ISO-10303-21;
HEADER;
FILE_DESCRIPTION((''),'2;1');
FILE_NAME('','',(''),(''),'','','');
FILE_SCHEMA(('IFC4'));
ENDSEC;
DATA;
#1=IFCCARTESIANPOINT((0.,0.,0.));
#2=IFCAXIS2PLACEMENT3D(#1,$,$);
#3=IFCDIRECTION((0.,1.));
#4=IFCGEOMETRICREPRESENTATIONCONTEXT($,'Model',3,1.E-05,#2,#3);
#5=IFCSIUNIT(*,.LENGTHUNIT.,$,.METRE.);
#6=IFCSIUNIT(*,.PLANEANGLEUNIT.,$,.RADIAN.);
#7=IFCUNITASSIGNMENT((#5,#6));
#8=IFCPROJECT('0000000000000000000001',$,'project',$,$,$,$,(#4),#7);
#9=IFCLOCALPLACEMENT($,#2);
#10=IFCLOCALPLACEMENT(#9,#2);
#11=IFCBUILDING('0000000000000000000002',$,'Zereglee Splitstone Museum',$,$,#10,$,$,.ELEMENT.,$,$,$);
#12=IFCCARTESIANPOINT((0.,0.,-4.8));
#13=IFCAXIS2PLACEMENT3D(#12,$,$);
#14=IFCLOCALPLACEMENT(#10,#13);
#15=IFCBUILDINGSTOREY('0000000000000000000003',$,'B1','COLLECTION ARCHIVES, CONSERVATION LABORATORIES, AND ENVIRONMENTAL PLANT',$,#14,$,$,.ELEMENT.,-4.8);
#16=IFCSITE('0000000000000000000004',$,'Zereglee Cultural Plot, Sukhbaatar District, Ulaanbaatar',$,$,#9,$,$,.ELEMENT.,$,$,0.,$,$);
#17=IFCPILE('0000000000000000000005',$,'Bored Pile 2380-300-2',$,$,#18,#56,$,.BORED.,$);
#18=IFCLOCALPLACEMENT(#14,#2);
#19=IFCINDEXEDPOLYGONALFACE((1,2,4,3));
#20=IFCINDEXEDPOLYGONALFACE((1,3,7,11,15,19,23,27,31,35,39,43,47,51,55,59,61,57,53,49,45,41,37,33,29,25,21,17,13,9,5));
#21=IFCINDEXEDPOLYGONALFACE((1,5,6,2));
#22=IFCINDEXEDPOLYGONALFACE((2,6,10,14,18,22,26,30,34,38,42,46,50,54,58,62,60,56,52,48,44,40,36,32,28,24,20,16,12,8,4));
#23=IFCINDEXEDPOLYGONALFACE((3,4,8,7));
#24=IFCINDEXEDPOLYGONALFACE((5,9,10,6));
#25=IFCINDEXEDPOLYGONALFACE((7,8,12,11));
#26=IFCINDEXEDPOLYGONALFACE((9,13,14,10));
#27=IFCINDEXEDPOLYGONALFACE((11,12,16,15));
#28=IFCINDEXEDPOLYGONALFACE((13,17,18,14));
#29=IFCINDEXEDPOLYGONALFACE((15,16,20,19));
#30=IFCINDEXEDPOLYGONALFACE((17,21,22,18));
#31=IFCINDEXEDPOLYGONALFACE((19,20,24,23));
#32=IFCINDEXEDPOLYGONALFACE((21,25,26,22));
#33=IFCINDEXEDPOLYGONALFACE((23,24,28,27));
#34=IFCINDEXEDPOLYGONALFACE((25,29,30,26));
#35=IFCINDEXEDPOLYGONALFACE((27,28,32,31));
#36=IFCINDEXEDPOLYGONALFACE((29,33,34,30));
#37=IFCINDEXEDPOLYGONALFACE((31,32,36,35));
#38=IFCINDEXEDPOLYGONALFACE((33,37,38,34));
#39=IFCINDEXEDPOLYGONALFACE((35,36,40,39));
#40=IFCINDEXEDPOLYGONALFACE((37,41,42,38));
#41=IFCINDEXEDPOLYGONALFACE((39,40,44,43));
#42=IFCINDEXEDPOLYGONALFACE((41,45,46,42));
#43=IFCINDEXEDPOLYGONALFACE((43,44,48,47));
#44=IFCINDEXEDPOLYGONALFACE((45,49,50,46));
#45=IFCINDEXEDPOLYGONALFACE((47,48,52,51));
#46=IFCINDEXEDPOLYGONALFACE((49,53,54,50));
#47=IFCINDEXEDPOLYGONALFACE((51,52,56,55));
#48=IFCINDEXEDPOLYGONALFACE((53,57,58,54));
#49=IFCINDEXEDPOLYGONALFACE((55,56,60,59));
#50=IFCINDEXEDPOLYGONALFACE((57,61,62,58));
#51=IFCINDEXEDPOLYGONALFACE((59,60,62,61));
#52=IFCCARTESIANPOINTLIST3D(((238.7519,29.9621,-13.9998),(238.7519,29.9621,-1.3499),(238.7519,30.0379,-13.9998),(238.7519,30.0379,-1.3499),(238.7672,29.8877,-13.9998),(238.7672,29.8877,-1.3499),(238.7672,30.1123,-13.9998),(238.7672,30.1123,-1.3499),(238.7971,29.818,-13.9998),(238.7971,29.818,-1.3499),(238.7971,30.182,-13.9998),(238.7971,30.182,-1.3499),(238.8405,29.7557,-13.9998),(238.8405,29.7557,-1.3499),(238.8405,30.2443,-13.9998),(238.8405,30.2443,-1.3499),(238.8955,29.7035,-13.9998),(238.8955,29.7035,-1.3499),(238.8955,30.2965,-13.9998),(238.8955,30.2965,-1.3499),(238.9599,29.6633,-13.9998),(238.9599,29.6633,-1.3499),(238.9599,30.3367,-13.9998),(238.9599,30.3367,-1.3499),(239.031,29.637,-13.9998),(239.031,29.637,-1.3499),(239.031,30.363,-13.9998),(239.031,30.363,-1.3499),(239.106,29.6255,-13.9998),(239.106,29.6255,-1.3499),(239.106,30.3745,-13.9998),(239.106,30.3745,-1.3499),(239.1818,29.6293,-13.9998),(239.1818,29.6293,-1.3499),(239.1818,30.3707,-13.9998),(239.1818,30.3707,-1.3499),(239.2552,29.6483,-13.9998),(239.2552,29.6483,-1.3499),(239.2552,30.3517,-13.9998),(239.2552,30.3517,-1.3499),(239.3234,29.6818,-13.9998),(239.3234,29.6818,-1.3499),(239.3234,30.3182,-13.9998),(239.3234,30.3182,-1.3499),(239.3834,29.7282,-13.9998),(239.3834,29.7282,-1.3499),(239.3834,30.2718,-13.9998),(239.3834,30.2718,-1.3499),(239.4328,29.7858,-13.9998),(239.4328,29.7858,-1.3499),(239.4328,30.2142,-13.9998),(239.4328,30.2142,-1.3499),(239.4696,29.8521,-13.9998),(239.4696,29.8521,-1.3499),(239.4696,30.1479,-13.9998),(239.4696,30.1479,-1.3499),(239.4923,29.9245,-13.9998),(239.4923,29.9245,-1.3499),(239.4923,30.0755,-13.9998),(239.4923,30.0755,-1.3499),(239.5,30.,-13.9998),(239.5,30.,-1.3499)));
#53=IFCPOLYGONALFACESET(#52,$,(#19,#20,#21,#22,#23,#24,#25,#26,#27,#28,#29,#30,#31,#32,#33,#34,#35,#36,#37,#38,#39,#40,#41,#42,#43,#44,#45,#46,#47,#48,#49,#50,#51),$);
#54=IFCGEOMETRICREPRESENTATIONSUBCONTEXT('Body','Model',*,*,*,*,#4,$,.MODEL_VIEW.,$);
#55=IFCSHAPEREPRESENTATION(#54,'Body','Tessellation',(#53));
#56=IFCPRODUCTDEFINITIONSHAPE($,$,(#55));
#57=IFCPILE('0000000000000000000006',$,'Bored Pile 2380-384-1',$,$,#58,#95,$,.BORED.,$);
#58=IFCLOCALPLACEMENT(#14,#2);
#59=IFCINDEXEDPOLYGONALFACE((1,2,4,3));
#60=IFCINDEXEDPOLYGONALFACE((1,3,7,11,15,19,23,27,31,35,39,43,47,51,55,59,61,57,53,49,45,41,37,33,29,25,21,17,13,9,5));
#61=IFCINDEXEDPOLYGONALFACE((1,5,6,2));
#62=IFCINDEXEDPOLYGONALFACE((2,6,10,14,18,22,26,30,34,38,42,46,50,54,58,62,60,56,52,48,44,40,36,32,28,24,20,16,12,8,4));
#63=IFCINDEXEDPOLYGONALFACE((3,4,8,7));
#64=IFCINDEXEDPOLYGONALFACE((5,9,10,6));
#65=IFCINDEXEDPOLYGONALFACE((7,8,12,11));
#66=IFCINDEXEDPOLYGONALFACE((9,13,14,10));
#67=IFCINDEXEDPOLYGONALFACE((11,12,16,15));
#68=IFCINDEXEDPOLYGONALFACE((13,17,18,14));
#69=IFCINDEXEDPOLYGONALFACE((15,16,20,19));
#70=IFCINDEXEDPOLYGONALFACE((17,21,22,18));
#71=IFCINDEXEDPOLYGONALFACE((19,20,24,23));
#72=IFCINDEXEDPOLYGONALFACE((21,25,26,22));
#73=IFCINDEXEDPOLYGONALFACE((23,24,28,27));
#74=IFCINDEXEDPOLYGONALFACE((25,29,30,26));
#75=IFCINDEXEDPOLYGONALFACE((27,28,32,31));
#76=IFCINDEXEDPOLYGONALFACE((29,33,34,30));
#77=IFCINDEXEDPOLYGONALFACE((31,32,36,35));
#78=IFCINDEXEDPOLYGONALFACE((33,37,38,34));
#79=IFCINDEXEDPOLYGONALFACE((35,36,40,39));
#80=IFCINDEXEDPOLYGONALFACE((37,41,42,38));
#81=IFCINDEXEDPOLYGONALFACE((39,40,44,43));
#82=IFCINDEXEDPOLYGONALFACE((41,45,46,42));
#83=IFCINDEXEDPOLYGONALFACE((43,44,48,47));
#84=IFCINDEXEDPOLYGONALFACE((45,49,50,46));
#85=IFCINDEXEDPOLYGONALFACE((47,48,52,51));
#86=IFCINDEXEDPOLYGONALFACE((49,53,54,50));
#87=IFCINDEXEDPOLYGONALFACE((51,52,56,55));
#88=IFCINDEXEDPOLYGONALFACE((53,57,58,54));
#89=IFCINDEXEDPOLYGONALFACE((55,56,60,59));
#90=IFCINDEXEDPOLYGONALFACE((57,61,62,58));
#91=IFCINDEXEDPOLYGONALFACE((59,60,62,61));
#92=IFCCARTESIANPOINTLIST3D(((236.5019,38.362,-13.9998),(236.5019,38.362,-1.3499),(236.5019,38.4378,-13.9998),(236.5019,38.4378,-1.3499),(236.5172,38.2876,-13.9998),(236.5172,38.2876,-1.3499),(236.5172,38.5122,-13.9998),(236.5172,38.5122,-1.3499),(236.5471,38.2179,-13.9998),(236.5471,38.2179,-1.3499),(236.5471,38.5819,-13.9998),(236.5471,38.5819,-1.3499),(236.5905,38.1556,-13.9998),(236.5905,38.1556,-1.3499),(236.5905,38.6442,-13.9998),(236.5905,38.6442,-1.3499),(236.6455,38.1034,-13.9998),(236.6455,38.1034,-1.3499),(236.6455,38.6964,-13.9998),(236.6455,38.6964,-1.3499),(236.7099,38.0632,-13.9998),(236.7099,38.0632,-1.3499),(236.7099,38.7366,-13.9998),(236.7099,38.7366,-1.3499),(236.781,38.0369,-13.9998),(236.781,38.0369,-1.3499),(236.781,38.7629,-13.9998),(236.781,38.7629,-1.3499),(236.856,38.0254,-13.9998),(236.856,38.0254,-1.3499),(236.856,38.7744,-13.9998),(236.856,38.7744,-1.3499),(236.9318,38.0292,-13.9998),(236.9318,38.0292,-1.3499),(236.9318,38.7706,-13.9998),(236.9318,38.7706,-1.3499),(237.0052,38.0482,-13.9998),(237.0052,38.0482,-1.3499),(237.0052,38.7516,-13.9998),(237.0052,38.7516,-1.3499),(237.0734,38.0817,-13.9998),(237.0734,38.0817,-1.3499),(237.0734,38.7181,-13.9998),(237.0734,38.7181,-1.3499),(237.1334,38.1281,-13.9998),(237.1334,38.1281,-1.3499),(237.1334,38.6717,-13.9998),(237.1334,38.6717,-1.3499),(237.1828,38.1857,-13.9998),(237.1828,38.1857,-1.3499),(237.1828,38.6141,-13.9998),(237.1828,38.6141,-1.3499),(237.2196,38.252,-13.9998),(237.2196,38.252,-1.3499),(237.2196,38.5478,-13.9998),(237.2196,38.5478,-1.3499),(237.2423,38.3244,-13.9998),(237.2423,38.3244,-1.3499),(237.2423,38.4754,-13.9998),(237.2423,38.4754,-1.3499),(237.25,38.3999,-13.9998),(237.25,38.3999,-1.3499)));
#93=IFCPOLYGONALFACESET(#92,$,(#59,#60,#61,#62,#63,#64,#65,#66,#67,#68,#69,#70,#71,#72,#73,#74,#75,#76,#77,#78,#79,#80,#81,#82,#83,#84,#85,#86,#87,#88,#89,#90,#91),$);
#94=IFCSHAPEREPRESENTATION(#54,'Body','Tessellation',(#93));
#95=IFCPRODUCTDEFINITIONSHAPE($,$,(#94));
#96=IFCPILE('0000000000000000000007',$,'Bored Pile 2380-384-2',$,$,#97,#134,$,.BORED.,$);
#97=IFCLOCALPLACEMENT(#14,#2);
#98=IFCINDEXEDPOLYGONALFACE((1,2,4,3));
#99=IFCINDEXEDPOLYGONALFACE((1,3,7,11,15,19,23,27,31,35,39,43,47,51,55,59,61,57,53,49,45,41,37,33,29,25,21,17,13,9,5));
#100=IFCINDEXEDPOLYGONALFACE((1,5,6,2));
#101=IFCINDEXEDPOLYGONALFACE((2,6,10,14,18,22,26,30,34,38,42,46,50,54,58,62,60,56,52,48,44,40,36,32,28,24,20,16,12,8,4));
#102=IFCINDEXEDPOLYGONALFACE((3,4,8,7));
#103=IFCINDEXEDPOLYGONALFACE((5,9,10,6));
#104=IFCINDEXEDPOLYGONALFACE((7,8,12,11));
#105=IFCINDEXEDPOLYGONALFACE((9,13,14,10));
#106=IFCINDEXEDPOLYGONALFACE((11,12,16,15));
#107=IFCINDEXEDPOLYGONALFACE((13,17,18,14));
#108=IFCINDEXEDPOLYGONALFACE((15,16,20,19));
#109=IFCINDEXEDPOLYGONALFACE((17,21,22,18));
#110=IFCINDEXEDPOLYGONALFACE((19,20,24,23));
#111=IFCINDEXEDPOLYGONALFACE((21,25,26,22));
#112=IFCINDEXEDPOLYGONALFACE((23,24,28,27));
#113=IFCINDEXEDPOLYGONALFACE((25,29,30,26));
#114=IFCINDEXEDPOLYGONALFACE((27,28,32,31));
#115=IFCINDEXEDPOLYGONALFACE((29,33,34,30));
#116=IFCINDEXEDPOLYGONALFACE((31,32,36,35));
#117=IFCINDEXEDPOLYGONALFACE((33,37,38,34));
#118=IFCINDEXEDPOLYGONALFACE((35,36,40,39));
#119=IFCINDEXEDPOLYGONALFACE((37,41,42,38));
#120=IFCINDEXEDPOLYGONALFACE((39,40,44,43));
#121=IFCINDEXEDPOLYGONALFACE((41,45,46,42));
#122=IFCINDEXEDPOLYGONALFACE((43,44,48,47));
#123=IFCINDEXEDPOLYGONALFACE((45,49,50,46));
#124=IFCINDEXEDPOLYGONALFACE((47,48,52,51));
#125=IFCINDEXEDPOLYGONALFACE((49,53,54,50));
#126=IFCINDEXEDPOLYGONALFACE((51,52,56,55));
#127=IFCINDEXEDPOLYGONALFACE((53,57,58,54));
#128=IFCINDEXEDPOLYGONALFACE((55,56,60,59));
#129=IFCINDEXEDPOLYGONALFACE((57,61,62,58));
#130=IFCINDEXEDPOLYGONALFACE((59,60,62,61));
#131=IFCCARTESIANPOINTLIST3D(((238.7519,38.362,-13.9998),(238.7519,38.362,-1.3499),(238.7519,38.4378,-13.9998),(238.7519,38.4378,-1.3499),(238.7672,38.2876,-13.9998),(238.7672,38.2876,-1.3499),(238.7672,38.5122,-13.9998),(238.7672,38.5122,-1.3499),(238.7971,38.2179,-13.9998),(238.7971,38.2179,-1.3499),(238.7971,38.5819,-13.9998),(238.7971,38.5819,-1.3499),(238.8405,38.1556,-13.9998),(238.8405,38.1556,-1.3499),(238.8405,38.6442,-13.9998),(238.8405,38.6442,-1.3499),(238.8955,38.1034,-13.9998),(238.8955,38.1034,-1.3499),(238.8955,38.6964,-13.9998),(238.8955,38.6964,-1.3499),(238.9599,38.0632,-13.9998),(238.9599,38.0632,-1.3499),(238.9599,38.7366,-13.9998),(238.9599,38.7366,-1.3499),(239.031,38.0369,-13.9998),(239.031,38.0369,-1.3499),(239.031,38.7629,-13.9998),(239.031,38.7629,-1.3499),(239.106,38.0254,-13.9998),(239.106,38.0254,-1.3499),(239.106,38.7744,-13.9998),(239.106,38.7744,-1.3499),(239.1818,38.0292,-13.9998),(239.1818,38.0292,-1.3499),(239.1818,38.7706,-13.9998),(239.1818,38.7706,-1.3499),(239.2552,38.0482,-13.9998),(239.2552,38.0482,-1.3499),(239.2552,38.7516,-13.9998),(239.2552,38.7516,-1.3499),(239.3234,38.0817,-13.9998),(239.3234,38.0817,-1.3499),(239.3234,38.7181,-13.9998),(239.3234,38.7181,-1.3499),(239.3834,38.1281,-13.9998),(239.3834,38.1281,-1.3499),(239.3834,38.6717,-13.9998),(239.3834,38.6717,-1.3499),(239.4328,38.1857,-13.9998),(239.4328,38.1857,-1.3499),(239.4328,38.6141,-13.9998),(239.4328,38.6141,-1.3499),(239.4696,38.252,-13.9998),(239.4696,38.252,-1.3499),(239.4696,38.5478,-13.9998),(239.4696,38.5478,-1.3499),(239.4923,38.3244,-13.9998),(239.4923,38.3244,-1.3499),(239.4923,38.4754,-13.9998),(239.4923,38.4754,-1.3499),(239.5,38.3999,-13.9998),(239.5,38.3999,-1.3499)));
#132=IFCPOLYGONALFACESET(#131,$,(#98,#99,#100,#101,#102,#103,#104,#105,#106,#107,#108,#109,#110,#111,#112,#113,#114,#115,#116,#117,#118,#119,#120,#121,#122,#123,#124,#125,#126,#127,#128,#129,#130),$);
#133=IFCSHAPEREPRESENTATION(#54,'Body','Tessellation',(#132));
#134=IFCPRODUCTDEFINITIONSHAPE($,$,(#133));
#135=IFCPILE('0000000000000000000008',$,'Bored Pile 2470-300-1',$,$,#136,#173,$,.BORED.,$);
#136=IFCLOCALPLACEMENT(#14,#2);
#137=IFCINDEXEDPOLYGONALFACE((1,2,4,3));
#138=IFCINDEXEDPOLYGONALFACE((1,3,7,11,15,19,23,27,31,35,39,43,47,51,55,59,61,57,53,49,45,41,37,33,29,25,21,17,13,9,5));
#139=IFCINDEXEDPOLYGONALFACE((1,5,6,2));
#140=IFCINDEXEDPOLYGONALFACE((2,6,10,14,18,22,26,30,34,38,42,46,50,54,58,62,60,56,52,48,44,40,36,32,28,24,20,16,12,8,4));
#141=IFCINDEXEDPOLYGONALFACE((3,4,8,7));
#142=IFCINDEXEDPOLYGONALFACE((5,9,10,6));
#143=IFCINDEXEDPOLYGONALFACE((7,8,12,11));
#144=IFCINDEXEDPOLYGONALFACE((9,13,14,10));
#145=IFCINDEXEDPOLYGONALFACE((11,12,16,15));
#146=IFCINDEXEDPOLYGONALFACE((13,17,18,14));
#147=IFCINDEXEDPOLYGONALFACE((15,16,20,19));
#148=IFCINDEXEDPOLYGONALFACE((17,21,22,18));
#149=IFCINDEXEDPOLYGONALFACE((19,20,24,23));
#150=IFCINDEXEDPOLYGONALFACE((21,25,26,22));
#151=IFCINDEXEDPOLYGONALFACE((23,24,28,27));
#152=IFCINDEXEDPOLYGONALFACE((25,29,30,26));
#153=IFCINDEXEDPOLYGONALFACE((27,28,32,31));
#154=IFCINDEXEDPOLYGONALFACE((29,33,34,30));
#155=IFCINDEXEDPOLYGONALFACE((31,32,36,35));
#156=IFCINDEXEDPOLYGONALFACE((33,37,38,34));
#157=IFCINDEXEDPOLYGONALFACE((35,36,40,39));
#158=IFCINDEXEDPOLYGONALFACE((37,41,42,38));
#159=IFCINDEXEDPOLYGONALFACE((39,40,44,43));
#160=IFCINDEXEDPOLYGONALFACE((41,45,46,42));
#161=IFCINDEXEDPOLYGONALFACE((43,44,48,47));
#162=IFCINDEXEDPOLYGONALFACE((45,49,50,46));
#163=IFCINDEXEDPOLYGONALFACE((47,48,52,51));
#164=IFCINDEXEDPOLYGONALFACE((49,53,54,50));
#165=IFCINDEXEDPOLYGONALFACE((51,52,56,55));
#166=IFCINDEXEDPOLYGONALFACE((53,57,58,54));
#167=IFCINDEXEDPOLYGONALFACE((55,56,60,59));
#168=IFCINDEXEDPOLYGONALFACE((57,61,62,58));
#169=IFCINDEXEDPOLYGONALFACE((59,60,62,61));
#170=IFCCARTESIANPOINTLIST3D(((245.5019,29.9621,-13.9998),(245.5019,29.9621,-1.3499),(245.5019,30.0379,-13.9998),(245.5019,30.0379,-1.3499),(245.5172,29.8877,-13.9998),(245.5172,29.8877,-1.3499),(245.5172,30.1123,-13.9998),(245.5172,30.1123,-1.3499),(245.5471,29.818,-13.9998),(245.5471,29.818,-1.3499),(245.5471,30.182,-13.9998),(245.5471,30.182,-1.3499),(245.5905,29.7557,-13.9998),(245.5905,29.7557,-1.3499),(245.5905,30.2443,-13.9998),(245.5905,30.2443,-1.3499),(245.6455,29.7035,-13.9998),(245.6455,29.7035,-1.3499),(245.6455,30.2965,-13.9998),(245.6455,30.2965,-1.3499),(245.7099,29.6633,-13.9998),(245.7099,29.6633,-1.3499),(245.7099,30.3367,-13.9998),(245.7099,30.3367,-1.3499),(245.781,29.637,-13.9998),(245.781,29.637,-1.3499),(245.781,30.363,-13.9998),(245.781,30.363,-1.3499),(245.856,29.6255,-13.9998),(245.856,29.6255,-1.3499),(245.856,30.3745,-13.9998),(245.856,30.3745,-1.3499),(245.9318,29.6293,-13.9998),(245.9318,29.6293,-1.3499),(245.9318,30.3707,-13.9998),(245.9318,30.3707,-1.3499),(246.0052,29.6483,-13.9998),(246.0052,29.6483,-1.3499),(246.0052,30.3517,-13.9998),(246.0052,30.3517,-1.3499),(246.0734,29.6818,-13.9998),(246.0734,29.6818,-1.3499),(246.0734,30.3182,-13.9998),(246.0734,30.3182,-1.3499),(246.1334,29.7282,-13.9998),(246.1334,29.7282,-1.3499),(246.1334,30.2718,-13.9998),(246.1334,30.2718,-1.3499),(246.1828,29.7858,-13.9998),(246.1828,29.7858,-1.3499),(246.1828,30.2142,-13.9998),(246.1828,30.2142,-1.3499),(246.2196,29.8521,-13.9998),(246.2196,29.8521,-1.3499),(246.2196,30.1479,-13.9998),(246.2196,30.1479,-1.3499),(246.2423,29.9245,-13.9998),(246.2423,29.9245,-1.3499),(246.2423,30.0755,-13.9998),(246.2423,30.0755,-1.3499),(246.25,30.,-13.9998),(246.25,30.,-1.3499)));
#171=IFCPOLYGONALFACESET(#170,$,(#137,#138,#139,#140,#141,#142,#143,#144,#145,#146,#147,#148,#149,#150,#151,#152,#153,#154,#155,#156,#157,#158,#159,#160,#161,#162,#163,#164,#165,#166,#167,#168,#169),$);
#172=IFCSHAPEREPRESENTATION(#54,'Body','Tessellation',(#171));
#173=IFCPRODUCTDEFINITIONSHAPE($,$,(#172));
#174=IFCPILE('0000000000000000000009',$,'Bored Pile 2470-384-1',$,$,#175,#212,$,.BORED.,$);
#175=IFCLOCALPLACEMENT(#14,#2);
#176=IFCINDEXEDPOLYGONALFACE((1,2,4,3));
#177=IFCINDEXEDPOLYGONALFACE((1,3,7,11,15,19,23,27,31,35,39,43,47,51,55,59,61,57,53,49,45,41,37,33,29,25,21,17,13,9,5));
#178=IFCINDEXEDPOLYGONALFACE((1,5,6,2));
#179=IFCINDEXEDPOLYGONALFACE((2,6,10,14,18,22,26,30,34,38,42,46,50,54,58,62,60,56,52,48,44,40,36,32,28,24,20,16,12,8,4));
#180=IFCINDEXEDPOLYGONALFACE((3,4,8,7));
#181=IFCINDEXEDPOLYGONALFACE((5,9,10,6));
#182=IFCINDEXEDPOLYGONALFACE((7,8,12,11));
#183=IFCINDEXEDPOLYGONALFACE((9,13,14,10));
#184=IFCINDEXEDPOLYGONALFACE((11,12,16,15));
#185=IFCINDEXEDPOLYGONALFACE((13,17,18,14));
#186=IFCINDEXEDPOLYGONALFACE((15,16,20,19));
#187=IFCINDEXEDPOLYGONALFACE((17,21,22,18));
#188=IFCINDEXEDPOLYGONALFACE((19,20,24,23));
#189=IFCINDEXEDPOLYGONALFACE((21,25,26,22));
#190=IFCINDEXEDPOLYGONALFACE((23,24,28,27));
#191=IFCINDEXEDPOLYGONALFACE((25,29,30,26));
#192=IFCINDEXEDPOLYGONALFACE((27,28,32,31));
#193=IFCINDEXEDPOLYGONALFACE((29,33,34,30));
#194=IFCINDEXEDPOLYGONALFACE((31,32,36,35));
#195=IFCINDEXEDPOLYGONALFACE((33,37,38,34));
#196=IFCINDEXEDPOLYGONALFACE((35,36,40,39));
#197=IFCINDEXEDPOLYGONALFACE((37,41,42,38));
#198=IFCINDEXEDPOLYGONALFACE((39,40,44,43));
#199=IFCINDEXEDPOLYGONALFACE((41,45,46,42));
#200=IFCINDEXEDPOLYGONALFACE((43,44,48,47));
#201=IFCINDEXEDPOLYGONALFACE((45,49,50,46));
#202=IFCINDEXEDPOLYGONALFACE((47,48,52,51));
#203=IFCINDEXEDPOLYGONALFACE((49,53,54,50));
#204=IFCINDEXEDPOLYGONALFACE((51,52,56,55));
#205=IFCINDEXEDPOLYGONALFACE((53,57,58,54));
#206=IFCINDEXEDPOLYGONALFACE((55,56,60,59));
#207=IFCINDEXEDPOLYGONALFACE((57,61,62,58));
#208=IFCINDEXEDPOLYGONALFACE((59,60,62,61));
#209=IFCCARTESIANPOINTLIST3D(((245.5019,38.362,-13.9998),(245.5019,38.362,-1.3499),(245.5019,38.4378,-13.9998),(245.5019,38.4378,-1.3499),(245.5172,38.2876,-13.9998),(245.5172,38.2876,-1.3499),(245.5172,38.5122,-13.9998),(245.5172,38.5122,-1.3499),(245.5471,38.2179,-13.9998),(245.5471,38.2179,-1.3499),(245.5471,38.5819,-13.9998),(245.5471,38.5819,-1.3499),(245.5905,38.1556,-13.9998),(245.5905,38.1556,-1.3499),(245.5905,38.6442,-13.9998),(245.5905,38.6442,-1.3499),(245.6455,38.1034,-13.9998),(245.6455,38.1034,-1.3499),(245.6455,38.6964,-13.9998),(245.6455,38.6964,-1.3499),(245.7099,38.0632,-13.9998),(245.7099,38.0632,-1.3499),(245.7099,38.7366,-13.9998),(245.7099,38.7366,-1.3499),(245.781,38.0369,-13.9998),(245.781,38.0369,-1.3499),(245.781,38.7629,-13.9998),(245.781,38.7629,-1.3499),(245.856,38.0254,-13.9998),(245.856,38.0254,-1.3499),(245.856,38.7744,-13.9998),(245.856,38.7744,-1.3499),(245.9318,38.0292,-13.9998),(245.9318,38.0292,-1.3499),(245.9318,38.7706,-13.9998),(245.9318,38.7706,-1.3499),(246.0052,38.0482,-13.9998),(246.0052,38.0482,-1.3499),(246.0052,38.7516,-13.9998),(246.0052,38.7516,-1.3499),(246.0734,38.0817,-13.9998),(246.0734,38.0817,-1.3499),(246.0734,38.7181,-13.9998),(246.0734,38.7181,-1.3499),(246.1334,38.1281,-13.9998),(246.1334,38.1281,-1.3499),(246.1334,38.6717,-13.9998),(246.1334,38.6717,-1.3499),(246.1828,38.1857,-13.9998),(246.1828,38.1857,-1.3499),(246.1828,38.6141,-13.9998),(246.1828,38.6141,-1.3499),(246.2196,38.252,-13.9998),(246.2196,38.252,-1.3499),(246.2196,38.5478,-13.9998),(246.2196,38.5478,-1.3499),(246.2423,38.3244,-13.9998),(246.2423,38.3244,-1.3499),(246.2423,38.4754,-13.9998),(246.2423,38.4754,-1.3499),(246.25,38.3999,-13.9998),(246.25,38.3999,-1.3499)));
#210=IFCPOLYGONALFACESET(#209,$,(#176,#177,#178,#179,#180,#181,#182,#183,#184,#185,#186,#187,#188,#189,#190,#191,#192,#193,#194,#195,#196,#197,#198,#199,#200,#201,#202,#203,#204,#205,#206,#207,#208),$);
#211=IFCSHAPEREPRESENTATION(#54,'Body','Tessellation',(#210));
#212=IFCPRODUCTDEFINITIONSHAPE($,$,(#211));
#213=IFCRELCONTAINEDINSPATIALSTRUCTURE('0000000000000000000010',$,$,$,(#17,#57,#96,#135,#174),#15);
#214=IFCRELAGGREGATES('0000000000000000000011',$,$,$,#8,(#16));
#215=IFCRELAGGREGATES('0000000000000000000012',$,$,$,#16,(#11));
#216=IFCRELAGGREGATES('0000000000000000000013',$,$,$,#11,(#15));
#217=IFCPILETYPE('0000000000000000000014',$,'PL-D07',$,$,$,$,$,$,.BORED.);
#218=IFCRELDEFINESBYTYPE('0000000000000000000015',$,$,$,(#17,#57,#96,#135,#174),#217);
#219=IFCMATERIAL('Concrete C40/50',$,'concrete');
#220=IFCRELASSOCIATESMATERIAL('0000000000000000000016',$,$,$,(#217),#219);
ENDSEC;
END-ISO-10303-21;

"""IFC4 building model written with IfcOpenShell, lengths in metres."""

from ifc_helpers import new_model, si_unit, direction, frame, origin, origin_2d, place, context, subcontext, project, spatial, circle, extrude, material, material_profile, profile_set, type_object, element, save


model = new_model("IFC4")

# Units and contexts
model_context = context("Model", 3, precision=1e-05, world=origin(), true_north=direction((0.0, 1.0)))
body_context = subcontext(model_context, "Body", "Model", "MODEL_VIEW")
ifc_project = project(units=[si_unit("LENGTHUNIT", "METRE"), si_unit("PLANEANGLEUNIT", "RADIAN")], contexts=[model_context])

# Site, building, storey
site_placement = place(None, origin())
site = spatial("IfcSite", under=ifc_project, at=site_placement, Name="Zereglee Cultural Plot, Sukhbaatar District, Ulaanbaatar", CompositionType="ELEMENT", RefElevation=0.0)
building_placement = place(site_placement, origin())
building = spatial("IfcBuilding", under=site, at=building_placement, Name="Zereglee Splitstone Museum", CompositionType="ELEMENT")
storey_placement = place(building_placement, frame((0.0, 0.0, -4.8)))
storey = spatial("IfcBuildingStorey", under=building, at=storey_placement, Name="B1", Description="COLLECTION ARCHIVES, CONSERVATION LABORATORIES, AND ENVIRONMENTAL PLANT", CompositionType="ELEMENT", Elevation=-4.8)

# Shared definitions
ifc_material_1 = material(Name="Concrete C40/50", Category="concrete")

# Piles
ifc_material_profile_1 = material_profile(ifc_material_1, circle(Radius=0.375, at=origin_2d()), Name="PILE D750")
ifc_profile_set_1 = profile_set([ifc_material_profile_1], Name="Concrete C40/50")
pile_type = type_object("IfcPileType", Name="PL-D07", PredefinedType="BORED", material=ifc_profile_set_1)
for number, where, z_axis, x_axis, name in (
    (1, (239.125, 30.0, -1.3499), (0.0, 0.0, -1.0), (1.0, 0.0, 0.0), "Bored Pile 2380-300-2"),
    (2, (236.875, 38.3999, -1.3499), (0.0, 0.0, -1.0), (1.0, 0.0, 0.0), "Bored Pile 2380-384-1"),
    (3, (239.125, 38.3999, -1.3499), (0.0, 0.0, -1.0), (1.0, 0.0, 0.0), "Bored Pile 2380-384-2"),
    (4, (245.875, 30.0, -1.3499), (0.0, 0.0, -1.0), (1.0, 0.0, 0.0), "Bored Pile 2470-300-1"),
    (5, (245.875, 38.3999, -1.3499), (0.0, 0.0, -1.0), (1.0, 0.0, 0.0), "Bored Pile 2470-384-1"),
):
    element("IfcPile", number, at=place(storey_placement, frame(where, z_axis=z_axis, x_axis=x_axis)), inside=storey, type_object=pile_type, Name=name, PredefinedType="BORED", context=body_context, shape_type="SweptSolid", body=[
        extrude(circle(Radius=0.375, at=origin_2d()), origin(), (0.0, 0.0, 1.0), 12.6499),
    ])

save(model, "model.ifc")
